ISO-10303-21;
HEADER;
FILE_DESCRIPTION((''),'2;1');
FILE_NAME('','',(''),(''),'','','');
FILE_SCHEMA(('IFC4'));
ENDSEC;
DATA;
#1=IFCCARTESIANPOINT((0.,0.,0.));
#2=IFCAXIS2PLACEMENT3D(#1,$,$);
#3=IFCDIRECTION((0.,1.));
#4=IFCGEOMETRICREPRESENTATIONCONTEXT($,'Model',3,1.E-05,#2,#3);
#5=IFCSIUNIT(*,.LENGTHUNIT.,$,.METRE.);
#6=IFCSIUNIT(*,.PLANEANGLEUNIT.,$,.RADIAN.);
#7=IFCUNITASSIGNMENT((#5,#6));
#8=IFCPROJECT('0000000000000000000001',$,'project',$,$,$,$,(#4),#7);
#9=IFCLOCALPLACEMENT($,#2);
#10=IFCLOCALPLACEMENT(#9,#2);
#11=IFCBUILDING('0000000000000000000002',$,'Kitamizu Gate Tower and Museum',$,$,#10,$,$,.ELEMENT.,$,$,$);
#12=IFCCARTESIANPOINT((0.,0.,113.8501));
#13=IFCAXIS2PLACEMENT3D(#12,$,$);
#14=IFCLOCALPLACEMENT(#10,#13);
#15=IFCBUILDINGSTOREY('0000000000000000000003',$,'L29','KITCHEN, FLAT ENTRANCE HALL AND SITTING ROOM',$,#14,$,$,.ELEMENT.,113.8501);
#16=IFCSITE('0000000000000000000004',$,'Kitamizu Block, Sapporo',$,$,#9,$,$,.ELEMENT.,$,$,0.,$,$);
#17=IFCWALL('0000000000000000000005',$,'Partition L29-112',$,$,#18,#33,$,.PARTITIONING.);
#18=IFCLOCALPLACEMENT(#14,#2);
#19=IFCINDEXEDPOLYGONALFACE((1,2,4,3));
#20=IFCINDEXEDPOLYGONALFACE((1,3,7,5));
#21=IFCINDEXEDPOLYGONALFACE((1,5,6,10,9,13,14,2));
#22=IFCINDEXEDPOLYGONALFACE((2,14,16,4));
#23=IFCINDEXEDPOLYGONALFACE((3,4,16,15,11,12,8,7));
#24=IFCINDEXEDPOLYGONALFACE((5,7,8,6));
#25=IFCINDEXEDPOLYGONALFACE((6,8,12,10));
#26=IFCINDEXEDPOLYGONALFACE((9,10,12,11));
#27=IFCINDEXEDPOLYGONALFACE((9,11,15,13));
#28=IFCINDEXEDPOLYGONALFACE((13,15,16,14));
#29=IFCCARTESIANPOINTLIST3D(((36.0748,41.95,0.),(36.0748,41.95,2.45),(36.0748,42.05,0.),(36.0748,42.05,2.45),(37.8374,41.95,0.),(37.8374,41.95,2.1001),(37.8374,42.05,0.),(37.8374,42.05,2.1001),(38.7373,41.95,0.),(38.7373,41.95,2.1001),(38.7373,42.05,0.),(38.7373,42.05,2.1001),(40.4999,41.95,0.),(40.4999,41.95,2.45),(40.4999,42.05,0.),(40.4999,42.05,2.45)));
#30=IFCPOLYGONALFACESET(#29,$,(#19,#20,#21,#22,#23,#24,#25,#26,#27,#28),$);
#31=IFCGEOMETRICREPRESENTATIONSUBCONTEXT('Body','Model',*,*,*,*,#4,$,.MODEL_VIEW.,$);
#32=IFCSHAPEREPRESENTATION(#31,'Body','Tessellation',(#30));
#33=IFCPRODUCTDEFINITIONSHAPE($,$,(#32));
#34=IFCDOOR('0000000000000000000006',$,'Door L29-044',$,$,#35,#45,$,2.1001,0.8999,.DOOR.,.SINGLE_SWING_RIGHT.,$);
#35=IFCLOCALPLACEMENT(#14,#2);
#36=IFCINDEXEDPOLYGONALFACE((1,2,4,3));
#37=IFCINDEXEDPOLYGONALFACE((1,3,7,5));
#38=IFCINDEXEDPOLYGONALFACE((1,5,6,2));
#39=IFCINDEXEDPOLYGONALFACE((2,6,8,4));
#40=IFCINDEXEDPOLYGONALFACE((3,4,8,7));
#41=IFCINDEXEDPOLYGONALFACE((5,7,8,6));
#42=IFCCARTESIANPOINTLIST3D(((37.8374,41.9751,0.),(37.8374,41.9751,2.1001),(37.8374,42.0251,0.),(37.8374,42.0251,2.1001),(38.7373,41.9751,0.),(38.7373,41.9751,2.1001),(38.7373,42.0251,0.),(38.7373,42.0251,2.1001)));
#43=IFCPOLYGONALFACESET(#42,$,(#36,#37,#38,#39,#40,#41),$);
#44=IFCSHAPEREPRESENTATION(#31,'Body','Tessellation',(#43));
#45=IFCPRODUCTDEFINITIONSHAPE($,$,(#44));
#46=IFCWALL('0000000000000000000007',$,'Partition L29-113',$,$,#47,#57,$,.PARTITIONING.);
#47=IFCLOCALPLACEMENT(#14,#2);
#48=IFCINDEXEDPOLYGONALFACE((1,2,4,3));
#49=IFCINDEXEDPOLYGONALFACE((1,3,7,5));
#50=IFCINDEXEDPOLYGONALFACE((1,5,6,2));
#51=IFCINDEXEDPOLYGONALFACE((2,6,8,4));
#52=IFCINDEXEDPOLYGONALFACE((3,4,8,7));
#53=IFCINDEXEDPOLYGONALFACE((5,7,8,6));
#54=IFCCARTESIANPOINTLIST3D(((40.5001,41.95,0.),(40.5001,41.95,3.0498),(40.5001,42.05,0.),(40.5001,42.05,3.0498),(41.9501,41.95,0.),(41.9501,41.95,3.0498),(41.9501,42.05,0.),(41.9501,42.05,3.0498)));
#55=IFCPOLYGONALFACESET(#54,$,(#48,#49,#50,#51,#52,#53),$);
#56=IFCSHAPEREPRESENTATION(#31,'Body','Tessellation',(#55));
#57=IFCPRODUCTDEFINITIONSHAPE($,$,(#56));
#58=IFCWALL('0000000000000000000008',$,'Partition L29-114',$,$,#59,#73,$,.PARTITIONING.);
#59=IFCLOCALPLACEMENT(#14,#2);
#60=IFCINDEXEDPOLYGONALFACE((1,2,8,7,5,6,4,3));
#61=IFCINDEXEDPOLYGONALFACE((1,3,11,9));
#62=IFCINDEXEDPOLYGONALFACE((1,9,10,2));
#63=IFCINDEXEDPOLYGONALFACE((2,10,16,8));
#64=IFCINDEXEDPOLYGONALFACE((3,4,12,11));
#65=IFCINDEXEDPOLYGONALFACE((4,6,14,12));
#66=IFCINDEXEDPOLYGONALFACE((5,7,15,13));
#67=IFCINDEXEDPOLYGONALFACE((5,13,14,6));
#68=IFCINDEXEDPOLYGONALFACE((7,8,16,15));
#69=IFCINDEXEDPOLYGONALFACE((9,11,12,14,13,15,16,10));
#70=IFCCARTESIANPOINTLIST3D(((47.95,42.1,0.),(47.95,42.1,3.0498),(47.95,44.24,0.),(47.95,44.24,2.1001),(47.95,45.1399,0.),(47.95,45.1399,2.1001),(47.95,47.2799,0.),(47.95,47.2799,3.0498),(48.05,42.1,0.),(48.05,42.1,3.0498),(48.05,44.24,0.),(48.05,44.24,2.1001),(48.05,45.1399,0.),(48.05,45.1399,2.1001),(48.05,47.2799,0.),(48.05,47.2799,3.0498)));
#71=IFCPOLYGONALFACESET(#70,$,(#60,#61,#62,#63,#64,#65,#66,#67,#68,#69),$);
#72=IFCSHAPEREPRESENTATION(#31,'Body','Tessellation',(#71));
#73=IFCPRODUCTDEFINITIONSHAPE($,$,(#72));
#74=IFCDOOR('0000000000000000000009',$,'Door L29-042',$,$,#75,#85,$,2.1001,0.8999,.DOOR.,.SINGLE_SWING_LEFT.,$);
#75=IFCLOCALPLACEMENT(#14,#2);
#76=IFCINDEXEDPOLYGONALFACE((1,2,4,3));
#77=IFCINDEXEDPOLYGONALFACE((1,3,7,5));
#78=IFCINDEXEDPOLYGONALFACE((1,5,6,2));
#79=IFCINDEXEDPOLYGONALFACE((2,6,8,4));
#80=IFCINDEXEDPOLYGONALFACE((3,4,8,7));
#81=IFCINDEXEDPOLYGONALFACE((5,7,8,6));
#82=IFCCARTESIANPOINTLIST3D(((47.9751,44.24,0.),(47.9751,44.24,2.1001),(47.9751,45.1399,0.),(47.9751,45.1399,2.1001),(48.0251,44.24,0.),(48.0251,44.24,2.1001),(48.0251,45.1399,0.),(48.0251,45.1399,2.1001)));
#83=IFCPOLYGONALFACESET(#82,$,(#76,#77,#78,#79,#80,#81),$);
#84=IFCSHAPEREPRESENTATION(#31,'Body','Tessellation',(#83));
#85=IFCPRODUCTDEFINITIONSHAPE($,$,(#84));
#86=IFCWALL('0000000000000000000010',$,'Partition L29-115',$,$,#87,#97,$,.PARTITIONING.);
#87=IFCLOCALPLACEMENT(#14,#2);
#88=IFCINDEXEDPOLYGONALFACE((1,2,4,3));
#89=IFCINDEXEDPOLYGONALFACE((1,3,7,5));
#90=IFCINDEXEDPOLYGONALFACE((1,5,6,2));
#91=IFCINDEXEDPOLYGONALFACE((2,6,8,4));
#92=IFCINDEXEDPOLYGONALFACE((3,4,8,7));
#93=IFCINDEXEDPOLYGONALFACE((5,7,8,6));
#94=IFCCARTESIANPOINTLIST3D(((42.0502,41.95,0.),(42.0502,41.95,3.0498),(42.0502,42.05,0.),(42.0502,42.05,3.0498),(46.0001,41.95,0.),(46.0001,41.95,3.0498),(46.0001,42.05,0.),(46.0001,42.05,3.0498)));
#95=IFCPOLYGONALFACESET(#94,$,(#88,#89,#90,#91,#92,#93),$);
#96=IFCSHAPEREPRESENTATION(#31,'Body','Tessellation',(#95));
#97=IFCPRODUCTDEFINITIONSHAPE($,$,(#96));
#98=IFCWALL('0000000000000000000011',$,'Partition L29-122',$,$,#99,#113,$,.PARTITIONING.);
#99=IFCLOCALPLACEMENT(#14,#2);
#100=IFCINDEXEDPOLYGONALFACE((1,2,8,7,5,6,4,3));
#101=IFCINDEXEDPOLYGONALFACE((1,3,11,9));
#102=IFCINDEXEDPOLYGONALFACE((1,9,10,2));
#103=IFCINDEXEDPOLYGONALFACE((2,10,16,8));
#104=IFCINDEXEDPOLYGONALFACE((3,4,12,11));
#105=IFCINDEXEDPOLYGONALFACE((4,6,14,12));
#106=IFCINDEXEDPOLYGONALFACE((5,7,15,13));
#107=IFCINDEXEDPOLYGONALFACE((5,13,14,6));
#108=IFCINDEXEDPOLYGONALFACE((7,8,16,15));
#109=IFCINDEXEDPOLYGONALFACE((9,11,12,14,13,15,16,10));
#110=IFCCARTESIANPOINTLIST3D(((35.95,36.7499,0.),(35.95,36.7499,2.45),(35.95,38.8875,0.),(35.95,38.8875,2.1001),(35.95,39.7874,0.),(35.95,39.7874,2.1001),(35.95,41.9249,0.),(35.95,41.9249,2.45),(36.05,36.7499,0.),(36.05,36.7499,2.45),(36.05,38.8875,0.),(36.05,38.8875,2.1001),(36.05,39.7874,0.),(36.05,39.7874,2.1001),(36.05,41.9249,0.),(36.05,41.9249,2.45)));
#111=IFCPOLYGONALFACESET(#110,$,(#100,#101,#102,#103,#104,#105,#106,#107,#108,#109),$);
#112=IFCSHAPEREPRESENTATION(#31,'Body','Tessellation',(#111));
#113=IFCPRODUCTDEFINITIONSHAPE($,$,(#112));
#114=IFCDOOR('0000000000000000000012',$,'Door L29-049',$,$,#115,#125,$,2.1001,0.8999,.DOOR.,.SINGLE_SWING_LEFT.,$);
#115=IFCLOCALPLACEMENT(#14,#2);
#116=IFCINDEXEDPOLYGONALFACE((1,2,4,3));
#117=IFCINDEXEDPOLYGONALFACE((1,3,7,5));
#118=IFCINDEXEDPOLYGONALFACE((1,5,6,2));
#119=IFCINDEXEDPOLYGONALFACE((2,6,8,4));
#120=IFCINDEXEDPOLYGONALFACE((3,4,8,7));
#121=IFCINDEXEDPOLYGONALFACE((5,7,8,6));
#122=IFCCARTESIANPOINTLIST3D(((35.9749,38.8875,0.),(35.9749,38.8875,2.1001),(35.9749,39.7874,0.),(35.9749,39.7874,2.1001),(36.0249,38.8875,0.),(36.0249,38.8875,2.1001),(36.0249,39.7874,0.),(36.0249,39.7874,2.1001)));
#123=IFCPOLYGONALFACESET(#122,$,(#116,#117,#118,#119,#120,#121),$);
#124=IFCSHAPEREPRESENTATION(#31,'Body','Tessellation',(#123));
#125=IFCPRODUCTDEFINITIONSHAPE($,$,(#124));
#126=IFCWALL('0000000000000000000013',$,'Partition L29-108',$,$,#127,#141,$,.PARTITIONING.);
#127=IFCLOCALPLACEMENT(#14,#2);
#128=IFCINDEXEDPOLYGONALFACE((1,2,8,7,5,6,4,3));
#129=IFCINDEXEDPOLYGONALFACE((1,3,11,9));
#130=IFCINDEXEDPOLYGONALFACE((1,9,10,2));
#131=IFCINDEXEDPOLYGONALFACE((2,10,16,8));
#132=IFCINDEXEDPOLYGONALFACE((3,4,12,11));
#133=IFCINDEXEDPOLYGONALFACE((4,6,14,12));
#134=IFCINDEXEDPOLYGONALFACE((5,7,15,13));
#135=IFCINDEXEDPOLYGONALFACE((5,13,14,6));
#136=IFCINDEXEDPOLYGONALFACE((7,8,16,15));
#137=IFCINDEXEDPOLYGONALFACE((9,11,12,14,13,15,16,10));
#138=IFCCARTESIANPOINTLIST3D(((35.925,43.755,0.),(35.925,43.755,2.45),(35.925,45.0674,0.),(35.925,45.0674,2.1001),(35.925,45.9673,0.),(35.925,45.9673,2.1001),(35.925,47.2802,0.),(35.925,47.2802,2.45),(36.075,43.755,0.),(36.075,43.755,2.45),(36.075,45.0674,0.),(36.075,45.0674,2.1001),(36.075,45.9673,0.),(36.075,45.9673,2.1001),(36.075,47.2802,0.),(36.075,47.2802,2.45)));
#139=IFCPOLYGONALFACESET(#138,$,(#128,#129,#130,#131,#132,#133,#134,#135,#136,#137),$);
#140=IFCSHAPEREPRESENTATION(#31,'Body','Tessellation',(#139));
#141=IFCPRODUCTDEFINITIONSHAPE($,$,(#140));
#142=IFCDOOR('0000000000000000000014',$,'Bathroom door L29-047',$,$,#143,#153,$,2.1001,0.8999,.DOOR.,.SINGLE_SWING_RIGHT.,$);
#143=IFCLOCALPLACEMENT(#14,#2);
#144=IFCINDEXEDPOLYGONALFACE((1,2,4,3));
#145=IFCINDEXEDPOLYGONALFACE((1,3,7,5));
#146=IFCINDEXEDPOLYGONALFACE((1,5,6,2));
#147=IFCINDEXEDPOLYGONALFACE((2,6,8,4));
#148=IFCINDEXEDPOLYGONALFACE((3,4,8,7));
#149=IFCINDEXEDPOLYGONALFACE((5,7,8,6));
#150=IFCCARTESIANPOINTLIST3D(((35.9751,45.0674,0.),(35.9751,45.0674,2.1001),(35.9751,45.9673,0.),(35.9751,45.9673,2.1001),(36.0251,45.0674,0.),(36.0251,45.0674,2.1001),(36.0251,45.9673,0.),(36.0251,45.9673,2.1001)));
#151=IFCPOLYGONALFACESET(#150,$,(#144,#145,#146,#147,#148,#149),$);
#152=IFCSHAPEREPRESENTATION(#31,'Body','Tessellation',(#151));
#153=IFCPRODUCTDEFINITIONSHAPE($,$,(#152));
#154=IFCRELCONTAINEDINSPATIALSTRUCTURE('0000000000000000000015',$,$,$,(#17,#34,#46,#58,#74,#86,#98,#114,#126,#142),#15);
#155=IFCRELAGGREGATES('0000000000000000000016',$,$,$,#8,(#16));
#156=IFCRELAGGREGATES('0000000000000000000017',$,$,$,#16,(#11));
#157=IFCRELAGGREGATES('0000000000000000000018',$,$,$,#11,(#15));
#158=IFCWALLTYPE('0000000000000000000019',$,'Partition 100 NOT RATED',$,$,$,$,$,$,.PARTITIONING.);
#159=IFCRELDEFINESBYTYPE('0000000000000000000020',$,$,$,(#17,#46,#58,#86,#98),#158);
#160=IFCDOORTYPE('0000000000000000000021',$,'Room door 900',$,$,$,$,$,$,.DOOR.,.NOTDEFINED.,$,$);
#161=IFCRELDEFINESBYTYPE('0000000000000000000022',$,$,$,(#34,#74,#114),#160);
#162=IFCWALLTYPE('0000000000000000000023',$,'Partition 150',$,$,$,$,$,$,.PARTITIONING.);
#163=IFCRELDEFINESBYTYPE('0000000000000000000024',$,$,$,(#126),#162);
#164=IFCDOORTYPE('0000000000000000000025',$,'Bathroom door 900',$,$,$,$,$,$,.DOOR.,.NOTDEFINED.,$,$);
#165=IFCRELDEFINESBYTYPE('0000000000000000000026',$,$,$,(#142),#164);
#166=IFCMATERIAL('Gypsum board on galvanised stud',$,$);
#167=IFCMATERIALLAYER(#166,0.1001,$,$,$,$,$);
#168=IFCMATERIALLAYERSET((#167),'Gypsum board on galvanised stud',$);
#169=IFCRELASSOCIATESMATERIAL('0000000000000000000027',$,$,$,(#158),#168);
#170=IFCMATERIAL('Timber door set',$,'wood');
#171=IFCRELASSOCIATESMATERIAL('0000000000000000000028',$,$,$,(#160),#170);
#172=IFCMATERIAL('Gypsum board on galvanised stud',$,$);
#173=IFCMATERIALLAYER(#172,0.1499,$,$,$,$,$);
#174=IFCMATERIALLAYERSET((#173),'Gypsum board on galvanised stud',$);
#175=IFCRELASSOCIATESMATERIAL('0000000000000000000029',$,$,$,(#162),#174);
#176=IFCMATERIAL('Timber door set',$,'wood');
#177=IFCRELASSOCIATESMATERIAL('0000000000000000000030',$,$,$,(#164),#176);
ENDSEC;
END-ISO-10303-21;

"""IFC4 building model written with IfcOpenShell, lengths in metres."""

from ifc_helpers import new_model, si_unit, direction, frame, frame_2d, origin, place, context, subcontext, project, spatial, rectangle, extrude, material, layer, layer_set, type_object, element, fill, save


model = new_model("IFC4")

# Units and contexts
model_context = context("Model", 3, precision=1e-05, world=origin(), true_north=direction((0.0, 1.0)))
body_context = subcontext(model_context, "Body", "Model", "MODEL_VIEW")
ifc_project = project(units=[si_unit("LENGTHUNIT", "METRE"), si_unit("PLANEANGLEUNIT", "RADIAN")], contexts=[model_context])

# Site, building, storey
site_placement = place(None, origin())
site = spatial("IfcSite", under=ifc_project, at=site_placement, Name="Kitamizu Block, Sapporo", CompositionType="ELEMENT", RefElevation=0.0)
building_placement = place(site_placement, origin())
building = spatial("IfcBuilding", under=site, at=building_placement, Name="Kitamizu Gate Tower and Museum", CompositionType="ELEMENT")
storey_placement = place(building_placement, frame((0.0, 0.0, 113.8501)))
storey = spatial("IfcBuildingStorey", under=building, at=storey_placement, Name="L29", Description="KITCHEN, FLAT ENTRANCE HALL AND SITTING ROOM", CompositionType="ELEMENT", Elevation=113.8501)

# Wall, opening, door
ifc_material_1 = material(Name="Gypsum board on galvanised stud")
ifc_layer_1 = layer(ifc_material_1, 0.1001)
ifc_layer_set_1 = layer_set([ifc_layer_1], Name="Gypsum board on galvanised stud")
wall_type_1 = type_object("IfcWallType", Name="Partition 100 NOT RATED", PredefinedType="PARTITIONING", material=ifc_layer_set_1)
ifc_material_2 = material(Name="Timber door set", Category="wood")
door_type_1 = type_object("IfcDoorType", Name="Room door 900", OperationType="NOTDEFINED", PredefinedType="DOOR", material=ifc_material_2)
wall_1_placement = place(storey_placement, frame((36.075, 42.0, 0.0), z_axis=(0.0, 0.0, 1.0), x_axis=(1.0, 0.0, 0.0)))
wall_1 = element("IfcWall", 1, at=wall_1_placement, inside=storey, type_object=wall_type_1, Name="Partition L29-112", PredefinedType="PARTITIONING", context=body_context, shape_type="SweptSolid", body=[
    extrude(rectangle(XDim=4.425, YDim=0.1001, at=frame_2d((2.2124, 0.0))), origin(), (0.0, 0.0, 1.0), 2.45),
])
opening_1_placement = place(wall_1_placement, frame((1.7625, 0.0, 0.0)))
opening_1 = element("IfcOpeningElement", 2, at=opening_1_placement, cuts=wall_1, PredefinedType="OPENING", context=body_context, shape_type="SweptSolid", body=[
    extrude(rectangle(XDim=0.8999, YDim=2.1001, at=frame_2d((0.45, 1.05))), frame((0.0, 0.0601, 0.0), z_axis=(0.0, -1.0, 0.0), x_axis=(1.0, 0.0, 0.0)), (0.0, 0.0, 1.0), 0.1201),
])
door_1_placement = place(opening_1_placement, frame((0.8999, 0.0, 0.0), x_axis=(-1.0, 0.0, 0.0)))
door_1 = element("IfcDoor", 3, at=door_1_placement, inside=storey, type_object=door_type_1, Name="Door L29-044", OperationType="SINGLE_SWING_RIGHT", OverallHeight=2.1001, OverallWidth=0.8999, PredefinedType="DOOR", context=body_context, shape_type="SweptSolid", body=[
    extrude(rectangle(XDim=0.8999, YDim=2.1001, at=frame_2d((0.45, 1.05))), frame((0.0, 0.0249, 0.0), z_axis=(0.0, -1.0, 0.0), x_axis=(1.0, 0.0, 0.0)), (0.0, 0.0, 1.0), 0.05),
])
fill(opening_1, door_1)

# Wall
wall_2_placement = place(storey_placement, frame((40.5, 42.0, 0.0), z_axis=(0.0, 0.0, 1.0), x_axis=(1.0, 0.0, 0.0)))
element("IfcWall", 4, at=wall_2_placement, inside=storey, type_object=wall_type_1, Name="Partition L29-113", PredefinedType="PARTITIONING", context=body_context, shape_type="SweptSolid", body=[
    extrude(rectangle(XDim=1.45, YDim=0.1001, at=frame_2d((0.7251, 0.0))), origin(), (0.0, 0.0, 1.0), 3.0498),
])

# Wall, opening, door
wall_3_placement = place(storey_placement, frame((48.0, 42.1001, 0.0), z_axis=(0.0, 0.0, 1.0), x_axis=(0.0, 1.0, 0.0)))
wall_3 = element("IfcWall", 5, at=wall_3_placement, inside=storey, type_object=wall_type_1, Name="Partition L29-114", PredefinedType="PARTITIONING", context=body_context, shape_type="SweptSolid", body=[
    extrude(rectangle(XDim=5.1799, YDim=0.1001, at=frame_2d((2.5898, 0.0))), origin(), (0.0, 0.0, 1.0), 3.0498),
])
opening_2_placement = place(wall_3_placement, frame((2.1399, 0.0, 0.0)))
opening_2 = element("IfcOpeningElement", 6, at=opening_2_placement, cuts=wall_3, PredefinedType="OPENING", context=body_context, shape_type="SweptSolid", body=[
    extrude(rectangle(XDim=0.8999, YDim=2.1001, at=frame_2d((0.45, 1.05))), frame((0.0, 0.0601, 0.0), z_axis=(0.0, -1.0, 0.0), x_axis=(1.0, 0.0, 0.0)), (0.0, 0.0, 1.0), 0.1201),
])
door_2_placement = place(opening_2_placement, origin())
door_2 = element("IfcDoor", 7, at=door_2_placement, inside=storey, type_object=door_type_1, Name="Door L29-042", OperationType="SINGLE_SWING_LEFT", OverallHeight=2.1001, OverallWidth=0.8999, PredefinedType="DOOR", context=body_context, shape_type="SweptSolid", body=[
    extrude(rectangle(XDim=0.8999, YDim=2.1001, at=frame_2d((0.45, 1.05))), frame((0.0, 0.0249, 0.0), z_axis=(0.0, -1.0, 0.0), x_axis=(1.0, 0.0, 0.0)), (0.0, 0.0, 1.0), 0.05),
])
fill(opening_2, door_2)

# Wall
wall_4_placement = place(storey_placement, frame((42.05, 42.0, 0.0), z_axis=(0.0, 0.0, 1.0), x_axis=(1.0, 0.0, 0.0)))
element("IfcWall", 8, at=wall_4_placement, inside=storey, type_object=wall_type_1, Name="Partition L29-115", PredefinedType="PARTITIONING", context=body_context, shape_type="SweptSolid", body=[
    extrude(rectangle(XDim=3.95, YDim=0.1001, at=frame_2d((1.9751, 0.0))), origin(), (0.0, 0.0, 1.0), 3.0498),
])

# Walls, openings, doors
wall_5_placement = place(storey_placement, frame((36.0, 36.75, 0.0), z_axis=(0.0, 0.0, 1.0), x_axis=(0.0, 1.0, 0.0)))
wall_5 = element("IfcWall", 9, at=wall_5_placement, inside=storey, type_object=wall_type_1, Name="Partition L29-122", PredefinedType="PARTITIONING", context=body_context, shape_type="SweptSolid", body=[
    extrude(rectangle(XDim=5.175, YDim=0.1001, at=frame_2d((2.5874, 0.0))), origin(), (0.0, 0.0, 1.0), 2.45),
])
opening_3_placement = place(wall_5_placement, frame((2.1375, 0.0, 0.0)))
opening_3 = element("IfcOpeningElement", 10, at=opening_3_placement, cuts=wall_5, PredefinedType="OPENING", context=body_context, shape_type="SweptSolid", body=[
    extrude(rectangle(XDim=0.8999, YDim=2.1001, at=frame_2d((0.45, 1.05))), frame((0.0, 0.0601, 0.0), z_axis=(0.0, -1.0, 0.0), x_axis=(1.0, 0.0, 0.0)), (0.0, 0.0, 1.0), 0.1201),
])
door_3_placement = place(opening_3_placement, frame((0.8999, 0.0, 0.0), x_axis=(-1.0, 0.0, 0.0)))
door_3 = element("IfcDoor", 11, at=door_3_placement, inside=storey, type_object=door_type_1, Name="Door L29-049", OperationType="SINGLE_SWING_LEFT", OverallHeight=2.1001, OverallWidth=0.8999, PredefinedType="DOOR", context=body_context, shape_type="SweptSolid", body=[
    extrude(rectangle(XDim=0.8999, YDim=2.1001, at=frame_2d((0.45, 1.05))), frame((0.0, 0.0249, 0.0), z_axis=(0.0, -1.0, 0.0), x_axis=(1.0, 0.0, 0.0)), (0.0, 0.0, 1.0), 0.05),
])
fill(opening_3, door_3)
ifc_material_3 = material(Name="Gypsum board on galvanised stud")
ifc_layer_2 = layer(ifc_material_3, 0.1499)
ifc_layer_set_2 = layer_set([ifc_layer_2], Name="Gypsum board on galvanised stud")
wall_type_2 = type_object("IfcWallType", Name="Partition 150", PredefinedType="PARTITIONING", material=ifc_layer_set_2)
wall_6_placement = place(storey_placement, frame((36.0, 43.7549, 0.0), z_axis=(0.0, 0.0, 1.0), x_axis=(0.0, 1.0, 0.0)))
wall_6 = element("IfcWall", 12, at=wall_6_placement, inside=storey, type_object=wall_type_2, Name="Partition L29-108", PredefinedType="PARTITIONING", context=body_context, shape_type="SweptSolid", body=[
    extrude(rectangle(XDim=3.5251, YDim=0.1499, at=frame_2d((1.7627, 0.0))), origin(), (0.0, 0.0, 1.0), 2.45),
])
opening_4_placement = place(wall_6_placement, frame((1.3125, 0.0, 0.0)))
opening_4 = element("IfcOpeningElement", 13, at=opening_4_placement, cuts=wall_6, PredefinedType="OPENING", context=body_context, shape_type="SweptSolid", body=[
    extrude(rectangle(XDim=0.8999, YDim=2.1001, at=frame_2d((0.45, 1.05))), frame((0.0, 0.085, 0.0), z_axis=(0.0, -1.0, 0.0), x_axis=(1.0, 0.0, 0.0)), (0.0, 0.0, 1.0), 0.1699),
])
ifc_material_4 = material(Name="Timber door set", Category="wood")
door_type_2 = type_object("IfcDoorType", Name="Bathroom door 900", OperationType="NOTDEFINED", PredefinedType="DOOR", material=ifc_material_4)
door_4_placement = place(opening_4_placement, origin())
door_4 = element("IfcDoor", 14, at=door_4_placement, inside=storey, type_object=door_type_2, Name="Bathroom door L29-047", OperationType="SINGLE_SWING_RIGHT", OverallHeight=2.1001, OverallWidth=0.8999, PredefinedType="DOOR", context=body_context, shape_type="SweptSolid", body=[
    extrude(rectangle(XDim=0.8999, YDim=2.1001, at=frame_2d((0.45, 1.05))), frame((0.0, 0.0249, 0.0), z_axis=(0.0, -1.0, 0.0), x_axis=(1.0, 0.0, 0.0)), (0.0, 0.0, 1.0), 0.05),
])
fill(opening_4, door_4)

save(model, "model.ifc")
